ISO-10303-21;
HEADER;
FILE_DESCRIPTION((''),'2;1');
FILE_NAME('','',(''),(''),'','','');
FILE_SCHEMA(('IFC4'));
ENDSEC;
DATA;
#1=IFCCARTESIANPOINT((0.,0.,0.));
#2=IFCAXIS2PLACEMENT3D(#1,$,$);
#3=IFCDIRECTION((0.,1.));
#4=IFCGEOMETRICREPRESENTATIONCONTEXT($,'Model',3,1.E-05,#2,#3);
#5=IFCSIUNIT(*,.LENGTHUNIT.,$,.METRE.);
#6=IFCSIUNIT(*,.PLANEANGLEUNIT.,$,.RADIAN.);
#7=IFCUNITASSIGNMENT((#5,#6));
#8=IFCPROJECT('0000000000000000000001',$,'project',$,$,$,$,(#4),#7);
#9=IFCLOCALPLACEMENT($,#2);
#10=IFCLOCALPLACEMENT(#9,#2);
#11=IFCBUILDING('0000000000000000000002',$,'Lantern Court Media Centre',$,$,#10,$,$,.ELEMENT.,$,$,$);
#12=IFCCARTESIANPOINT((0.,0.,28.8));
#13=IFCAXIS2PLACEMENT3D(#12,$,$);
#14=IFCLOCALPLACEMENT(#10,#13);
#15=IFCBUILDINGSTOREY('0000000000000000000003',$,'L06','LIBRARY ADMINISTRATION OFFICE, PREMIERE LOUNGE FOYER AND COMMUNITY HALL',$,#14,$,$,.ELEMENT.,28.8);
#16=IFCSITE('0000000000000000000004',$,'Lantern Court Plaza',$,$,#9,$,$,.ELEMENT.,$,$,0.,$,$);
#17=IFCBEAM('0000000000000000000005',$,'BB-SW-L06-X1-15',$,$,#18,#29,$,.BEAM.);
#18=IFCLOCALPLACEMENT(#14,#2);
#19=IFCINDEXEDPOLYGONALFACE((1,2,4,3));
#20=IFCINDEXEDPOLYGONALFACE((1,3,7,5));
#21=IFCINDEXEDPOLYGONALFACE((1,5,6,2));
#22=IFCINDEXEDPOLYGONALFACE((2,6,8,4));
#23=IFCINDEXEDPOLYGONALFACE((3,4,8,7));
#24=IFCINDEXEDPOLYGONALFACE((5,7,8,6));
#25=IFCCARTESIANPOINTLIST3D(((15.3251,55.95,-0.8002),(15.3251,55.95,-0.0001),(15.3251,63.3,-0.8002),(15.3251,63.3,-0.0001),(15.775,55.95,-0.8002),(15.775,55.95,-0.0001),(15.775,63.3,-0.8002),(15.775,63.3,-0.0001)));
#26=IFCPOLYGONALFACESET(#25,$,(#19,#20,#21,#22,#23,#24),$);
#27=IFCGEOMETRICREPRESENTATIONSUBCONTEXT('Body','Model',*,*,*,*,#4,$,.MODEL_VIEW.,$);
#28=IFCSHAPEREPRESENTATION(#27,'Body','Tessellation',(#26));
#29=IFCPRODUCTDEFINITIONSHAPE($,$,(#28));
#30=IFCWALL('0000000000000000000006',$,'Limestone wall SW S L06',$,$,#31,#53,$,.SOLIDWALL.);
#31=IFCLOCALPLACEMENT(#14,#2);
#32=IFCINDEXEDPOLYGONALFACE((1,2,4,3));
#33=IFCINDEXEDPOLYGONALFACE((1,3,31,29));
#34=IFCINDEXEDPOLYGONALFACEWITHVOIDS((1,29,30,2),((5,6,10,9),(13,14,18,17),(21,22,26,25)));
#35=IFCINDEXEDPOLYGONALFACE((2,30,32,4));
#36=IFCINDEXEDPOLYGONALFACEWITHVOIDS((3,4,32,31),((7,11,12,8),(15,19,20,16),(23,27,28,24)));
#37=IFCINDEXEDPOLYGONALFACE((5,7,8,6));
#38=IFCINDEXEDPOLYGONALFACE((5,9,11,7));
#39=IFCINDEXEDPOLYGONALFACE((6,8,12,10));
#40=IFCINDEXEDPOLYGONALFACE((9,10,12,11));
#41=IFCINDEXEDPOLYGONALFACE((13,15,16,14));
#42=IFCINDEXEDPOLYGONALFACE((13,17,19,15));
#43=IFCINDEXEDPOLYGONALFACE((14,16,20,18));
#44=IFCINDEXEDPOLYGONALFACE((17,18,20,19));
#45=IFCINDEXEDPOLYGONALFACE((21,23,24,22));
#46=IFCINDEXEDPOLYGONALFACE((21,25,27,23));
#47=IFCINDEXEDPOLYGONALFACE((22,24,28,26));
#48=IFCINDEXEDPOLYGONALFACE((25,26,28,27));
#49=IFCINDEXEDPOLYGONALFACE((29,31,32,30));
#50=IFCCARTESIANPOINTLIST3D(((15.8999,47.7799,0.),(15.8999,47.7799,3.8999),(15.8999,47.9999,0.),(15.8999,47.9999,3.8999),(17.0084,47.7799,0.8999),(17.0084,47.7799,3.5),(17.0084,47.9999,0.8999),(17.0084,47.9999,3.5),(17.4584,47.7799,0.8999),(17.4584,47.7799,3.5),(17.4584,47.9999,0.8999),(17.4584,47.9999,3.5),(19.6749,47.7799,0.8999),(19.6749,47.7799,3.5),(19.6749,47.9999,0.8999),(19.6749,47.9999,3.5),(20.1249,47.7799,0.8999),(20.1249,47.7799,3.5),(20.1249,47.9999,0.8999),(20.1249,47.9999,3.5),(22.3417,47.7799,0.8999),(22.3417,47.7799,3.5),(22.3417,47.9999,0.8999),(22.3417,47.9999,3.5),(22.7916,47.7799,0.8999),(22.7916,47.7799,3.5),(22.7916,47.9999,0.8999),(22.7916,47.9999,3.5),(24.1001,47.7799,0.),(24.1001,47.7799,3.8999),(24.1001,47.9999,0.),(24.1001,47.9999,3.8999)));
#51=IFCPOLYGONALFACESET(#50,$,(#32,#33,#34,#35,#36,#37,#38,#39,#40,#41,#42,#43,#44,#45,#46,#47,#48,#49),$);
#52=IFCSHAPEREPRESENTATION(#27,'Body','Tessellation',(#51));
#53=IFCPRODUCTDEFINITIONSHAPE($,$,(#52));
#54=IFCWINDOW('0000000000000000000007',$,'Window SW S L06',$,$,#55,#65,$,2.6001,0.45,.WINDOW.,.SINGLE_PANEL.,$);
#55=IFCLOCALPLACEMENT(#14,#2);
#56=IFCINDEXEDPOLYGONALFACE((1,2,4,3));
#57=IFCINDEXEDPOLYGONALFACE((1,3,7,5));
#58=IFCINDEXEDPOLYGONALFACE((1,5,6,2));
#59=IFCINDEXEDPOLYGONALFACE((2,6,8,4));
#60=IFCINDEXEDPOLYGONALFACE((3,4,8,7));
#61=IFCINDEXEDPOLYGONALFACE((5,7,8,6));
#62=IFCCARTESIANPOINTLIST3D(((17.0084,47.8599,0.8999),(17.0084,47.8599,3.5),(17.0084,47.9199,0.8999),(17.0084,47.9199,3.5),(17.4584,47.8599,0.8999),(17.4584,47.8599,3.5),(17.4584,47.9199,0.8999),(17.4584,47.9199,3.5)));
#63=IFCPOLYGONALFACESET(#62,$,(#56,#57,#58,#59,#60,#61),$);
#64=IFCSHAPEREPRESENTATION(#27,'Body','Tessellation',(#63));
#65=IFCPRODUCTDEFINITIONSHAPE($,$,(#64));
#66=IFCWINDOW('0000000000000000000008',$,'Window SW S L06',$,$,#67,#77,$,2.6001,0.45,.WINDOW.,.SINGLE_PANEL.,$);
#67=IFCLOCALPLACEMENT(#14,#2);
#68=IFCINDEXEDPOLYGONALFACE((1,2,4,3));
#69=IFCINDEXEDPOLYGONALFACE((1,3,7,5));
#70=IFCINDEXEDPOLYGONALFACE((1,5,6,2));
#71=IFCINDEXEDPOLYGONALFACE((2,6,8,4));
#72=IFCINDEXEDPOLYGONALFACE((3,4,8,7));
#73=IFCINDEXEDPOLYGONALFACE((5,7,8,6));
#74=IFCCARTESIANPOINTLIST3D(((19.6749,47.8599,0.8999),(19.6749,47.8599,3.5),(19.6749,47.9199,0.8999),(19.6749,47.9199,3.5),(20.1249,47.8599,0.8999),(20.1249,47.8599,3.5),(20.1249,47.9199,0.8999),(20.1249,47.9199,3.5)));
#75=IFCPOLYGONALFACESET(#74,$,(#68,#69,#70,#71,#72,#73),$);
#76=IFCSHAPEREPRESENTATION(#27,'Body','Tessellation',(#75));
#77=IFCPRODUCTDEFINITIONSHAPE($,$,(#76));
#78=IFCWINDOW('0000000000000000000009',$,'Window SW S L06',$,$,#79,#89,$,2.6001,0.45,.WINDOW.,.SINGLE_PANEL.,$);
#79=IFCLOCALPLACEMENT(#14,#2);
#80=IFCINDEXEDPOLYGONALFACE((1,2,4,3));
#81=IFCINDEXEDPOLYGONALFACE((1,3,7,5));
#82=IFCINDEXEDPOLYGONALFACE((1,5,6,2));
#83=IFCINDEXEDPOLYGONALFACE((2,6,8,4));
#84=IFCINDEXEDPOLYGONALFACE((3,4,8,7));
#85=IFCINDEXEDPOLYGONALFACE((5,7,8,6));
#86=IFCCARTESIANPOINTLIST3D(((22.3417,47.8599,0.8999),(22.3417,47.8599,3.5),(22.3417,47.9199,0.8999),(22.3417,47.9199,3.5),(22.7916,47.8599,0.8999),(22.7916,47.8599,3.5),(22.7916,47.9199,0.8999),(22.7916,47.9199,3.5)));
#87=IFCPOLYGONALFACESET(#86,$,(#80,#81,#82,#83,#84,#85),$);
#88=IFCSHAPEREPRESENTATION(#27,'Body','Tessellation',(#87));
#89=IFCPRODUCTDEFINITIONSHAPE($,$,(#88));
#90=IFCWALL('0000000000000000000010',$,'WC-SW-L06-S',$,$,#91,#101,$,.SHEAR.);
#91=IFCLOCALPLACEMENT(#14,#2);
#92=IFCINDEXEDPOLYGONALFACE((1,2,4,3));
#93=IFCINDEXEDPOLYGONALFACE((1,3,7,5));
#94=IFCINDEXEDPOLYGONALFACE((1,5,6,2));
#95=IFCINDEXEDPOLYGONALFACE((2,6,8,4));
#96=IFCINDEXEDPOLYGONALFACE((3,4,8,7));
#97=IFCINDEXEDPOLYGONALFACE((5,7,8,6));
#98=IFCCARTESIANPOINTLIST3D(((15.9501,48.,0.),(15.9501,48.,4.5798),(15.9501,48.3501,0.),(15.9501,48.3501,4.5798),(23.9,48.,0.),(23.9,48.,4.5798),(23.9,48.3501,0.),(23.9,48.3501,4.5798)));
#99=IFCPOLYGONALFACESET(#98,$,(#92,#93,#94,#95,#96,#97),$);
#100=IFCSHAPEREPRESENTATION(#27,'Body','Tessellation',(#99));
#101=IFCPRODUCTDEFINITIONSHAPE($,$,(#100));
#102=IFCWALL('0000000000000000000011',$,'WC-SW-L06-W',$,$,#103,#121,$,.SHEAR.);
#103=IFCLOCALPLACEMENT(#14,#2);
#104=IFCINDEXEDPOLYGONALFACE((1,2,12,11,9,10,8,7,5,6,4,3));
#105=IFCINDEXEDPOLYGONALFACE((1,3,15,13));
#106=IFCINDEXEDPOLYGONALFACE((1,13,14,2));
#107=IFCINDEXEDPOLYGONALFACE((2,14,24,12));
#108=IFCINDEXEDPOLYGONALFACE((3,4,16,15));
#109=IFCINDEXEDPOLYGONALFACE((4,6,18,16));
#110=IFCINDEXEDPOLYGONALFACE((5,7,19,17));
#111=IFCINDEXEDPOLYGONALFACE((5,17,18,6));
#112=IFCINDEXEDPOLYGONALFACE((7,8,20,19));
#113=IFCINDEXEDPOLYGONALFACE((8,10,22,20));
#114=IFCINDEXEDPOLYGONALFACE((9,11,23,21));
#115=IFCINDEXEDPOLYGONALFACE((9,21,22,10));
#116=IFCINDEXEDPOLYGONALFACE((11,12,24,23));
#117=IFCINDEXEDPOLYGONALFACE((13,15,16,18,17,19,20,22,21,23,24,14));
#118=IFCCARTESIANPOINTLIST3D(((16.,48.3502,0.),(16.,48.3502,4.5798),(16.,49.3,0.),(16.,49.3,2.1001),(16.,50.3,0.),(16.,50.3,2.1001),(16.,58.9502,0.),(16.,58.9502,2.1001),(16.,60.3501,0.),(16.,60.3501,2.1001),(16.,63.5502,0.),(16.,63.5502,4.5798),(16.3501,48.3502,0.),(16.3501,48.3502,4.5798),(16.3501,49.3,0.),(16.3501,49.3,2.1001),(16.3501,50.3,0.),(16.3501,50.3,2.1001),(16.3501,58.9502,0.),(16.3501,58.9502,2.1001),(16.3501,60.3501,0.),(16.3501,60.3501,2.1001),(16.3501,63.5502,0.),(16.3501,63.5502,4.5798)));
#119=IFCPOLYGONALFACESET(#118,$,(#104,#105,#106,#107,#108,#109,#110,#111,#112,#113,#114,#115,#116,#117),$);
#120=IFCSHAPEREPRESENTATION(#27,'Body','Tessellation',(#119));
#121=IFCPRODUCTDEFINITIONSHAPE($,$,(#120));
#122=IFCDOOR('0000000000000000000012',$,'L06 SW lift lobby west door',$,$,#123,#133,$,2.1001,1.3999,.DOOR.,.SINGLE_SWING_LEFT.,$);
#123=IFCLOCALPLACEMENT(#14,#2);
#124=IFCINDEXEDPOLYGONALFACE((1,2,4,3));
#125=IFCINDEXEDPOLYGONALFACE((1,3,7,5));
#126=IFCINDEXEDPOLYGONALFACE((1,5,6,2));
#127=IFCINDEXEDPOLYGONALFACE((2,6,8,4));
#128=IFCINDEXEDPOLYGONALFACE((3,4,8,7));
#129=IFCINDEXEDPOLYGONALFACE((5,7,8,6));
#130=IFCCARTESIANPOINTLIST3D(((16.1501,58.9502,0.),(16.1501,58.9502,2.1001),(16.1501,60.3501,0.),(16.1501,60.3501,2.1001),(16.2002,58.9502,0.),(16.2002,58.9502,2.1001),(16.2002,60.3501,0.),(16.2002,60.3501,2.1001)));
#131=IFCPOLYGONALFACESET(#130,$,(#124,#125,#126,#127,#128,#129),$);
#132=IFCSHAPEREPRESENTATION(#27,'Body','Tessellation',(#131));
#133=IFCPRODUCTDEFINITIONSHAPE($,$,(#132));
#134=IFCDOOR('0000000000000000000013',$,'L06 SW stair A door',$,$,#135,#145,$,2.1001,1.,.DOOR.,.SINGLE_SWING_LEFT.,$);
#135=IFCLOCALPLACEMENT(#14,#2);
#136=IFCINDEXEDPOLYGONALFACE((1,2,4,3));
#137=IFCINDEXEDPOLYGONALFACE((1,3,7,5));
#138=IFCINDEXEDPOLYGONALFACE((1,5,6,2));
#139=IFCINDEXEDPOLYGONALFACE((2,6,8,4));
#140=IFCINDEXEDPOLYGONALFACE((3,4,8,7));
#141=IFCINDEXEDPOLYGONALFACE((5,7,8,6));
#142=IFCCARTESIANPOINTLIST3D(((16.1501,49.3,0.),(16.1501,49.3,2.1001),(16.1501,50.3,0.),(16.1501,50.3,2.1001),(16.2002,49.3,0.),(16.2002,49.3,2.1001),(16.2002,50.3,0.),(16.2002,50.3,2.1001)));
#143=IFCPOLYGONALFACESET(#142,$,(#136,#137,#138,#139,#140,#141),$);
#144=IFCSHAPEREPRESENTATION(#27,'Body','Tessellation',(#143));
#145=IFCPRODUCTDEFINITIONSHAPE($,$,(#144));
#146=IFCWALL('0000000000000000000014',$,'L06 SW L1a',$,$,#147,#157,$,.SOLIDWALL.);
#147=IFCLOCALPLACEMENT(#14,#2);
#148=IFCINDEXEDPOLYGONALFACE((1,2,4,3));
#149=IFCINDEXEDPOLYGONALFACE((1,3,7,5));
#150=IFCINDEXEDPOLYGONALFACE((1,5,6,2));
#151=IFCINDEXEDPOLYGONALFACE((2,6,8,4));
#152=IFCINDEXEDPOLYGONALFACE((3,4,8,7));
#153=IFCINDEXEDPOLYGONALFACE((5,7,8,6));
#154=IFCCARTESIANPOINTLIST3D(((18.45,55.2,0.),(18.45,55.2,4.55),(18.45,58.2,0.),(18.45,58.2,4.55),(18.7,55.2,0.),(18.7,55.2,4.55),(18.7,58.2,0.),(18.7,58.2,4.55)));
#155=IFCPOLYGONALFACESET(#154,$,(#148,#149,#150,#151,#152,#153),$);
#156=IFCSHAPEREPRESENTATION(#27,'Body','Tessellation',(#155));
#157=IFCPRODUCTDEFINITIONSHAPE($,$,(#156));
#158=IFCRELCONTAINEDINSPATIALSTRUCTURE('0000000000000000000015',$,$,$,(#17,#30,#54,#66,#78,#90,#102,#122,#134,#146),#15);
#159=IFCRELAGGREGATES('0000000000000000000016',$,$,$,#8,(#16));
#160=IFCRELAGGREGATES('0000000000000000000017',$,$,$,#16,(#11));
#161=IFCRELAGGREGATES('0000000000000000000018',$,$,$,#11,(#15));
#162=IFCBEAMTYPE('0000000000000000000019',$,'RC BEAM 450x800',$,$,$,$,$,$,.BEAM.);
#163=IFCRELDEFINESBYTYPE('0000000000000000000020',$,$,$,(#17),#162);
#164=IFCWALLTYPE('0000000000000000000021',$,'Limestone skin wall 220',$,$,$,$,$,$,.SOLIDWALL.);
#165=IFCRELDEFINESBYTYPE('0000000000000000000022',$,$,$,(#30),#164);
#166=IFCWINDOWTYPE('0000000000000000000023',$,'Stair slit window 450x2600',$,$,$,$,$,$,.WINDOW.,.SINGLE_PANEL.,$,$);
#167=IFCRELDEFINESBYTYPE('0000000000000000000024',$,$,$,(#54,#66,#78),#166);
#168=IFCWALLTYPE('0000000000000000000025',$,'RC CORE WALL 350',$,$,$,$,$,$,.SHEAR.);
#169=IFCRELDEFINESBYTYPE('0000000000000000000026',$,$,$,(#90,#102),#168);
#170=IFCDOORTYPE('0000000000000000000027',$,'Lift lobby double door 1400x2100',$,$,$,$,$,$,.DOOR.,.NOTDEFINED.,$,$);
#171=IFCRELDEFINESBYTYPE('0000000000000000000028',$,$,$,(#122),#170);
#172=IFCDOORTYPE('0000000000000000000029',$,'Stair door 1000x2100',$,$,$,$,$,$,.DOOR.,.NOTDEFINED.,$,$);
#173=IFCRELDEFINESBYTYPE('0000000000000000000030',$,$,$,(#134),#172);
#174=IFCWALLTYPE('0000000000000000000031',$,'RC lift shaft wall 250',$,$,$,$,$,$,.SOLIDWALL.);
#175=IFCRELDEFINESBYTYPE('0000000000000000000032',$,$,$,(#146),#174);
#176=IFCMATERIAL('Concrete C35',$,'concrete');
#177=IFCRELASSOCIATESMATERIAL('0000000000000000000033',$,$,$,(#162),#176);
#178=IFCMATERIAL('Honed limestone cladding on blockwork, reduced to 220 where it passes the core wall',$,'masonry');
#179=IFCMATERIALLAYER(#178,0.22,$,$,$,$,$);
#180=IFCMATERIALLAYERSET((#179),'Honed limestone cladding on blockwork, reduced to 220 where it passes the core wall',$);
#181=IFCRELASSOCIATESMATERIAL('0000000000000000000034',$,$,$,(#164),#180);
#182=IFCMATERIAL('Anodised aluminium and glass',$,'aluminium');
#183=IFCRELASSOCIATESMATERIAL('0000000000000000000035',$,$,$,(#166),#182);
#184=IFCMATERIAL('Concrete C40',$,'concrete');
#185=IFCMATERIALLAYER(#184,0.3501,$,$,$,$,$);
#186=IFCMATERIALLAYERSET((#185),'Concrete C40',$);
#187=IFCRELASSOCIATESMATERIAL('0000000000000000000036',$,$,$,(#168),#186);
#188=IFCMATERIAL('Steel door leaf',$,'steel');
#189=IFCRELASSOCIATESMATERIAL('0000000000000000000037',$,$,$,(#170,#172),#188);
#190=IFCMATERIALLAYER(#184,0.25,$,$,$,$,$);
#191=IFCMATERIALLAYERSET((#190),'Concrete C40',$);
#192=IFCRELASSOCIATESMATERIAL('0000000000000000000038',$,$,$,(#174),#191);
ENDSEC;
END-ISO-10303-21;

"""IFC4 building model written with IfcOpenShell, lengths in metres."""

from ifc_helpers import new_model, si_unit, direction, frame, frame_2d, origin, origin_2d, place, context, subcontext, project, spatial, rectangle, extrude, material, layer, layer_set, material_profile, profile_set, type_object, element, fill, save


model = new_model("IFC4")

# Units and contexts
model_context = context("Model", 3, precision=1e-05, world=origin(), true_north=direction((0.0, 1.0)))
body_context = subcontext(model_context, "Body", "Model", "MODEL_VIEW")
ifc_project = project(units=[si_unit("LENGTHUNIT", "METRE"), si_unit("PLANEANGLEUNIT", "RADIAN")], contexts=[model_context])

# Site, building, storey
site_placement = place(None, origin())
site = spatial("IfcSite", under=ifc_project, at=site_placement, Name="Lantern Court Plaza", CompositionType="ELEMENT", RefElevation=0.0)
building_placement = place(site_placement, origin())
building = spatial("IfcBuilding", under=site, at=building_placement, Name="Lantern Court Media Centre", CompositionType="ELEMENT")
storey_placement = place(building_placement, frame((0.0, 0.0, 28.8)))
storey = spatial("IfcBuildingStorey", under=building, at=storey_placement, Name="L06", Description="LIBRARY ADMINISTRATION OFFICE, PREMIERE LOUNGE FOYER AND COMMUNITY HALL", CompositionType="ELEMENT", Elevation=28.8)

# Beam
ifc_material_1 = material(Name="Concrete C35", Category="concrete")
ifc_material_profile = material_profile(ifc_material_1, rectangle(XDim=0.45, YDim=0.8, at=origin_2d()), Name="RC 450x800")
ifc_profile_set = profile_set([ifc_material_profile], Name="Concrete C35")
beam_type = type_object("IfcBeamType", Name="RC BEAM 450x800", PredefinedType="BEAM", material=ifc_profile_set)
beam_placement = place(storey_placement, frame((15.55, 55.95, -0.4001), z_axis=(0.0, 1.0, 0.0), x_axis=(-1.0, 0.0, 0.0)))
element("IfcBeam", 1, at=beam_placement, inside=storey, type_object=beam_type, Name="BB-SW-L06-X1-15", PredefinedType="BEAM", context=body_context, shape_type="SweptSolid", body=[
    extrude(rectangle(XDim=0.45, YDim=0.8, at=origin_2d()), origin(), (0.0, 0.0, 1.0), 7.3501),
])

# Wall, openings, windows
ifc_material_2 = material(Name="Honed limestone cladding on blockwork, reduced to 220 where it passes the core wall", Category="masonry")
ifc_layer_1 = layer(ifc_material_2, 0.22)
ifc_layer_set_1 = layer_set([ifc_layer_1], Name="Honed limestone cladding on blockwork, reduced to 220 where it passes the core wall")
wall_type_1 = type_object("IfcWallType", Name="Limestone skin wall 220", PredefinedType="SOLIDWALL", material=ifc_layer_set_1)
wall_1_placement = place(storey_placement, frame((15.8999, 47.8899, 0.0), z_axis=(0.0, 0.0, 1.0), x_axis=(1.0, 0.0, 0.0)))
wall_1 = element("IfcWall", 2, at=wall_1_placement, inside=storey, type_object=wall_type_1, Name="Limestone wall SW S L06", PredefinedType="SOLIDWALL", context=body_context, shape_type="SweptSolid", body=[
    extrude(rectangle(XDim=8.2002, YDim=0.22, at=frame_2d((4.1001, 0.0))), origin(), (0.0, 0.0, 1.0), 3.8999),
])
opening_1_placement = place(wall_1_placement, frame((1.1084, 0.0, 0.8999)))
opening_1 = element("IfcOpeningElement", 3, at=opening_1_placement, cuts=wall_1, PredefinedType="OPENING", context=body_context, shape_type="SweptSolid", body=[
    extrude(rectangle(XDim=0.45, YDim=2.6001, at=frame_2d((0.2251, 1.3))), frame((0.0, 0.1199, 0.0), z_axis=(0.0, -1.0, 0.0), x_axis=(1.0, 0.0, 0.0)), (0.0, 0.0, 1.0), 0.24),
])
opening_2_placement = place(wall_1_placement, frame((3.7749, 0.0, 0.8999)))
opening_2 = element("IfcOpeningElement", 4, at=opening_2_placement, cuts=wall_1, PredefinedType="OPENING", context=body_context, shape_type="SweptSolid", body=[
    extrude(rectangle(XDim=0.45, YDim=2.6001, at=frame_2d((0.2251, 1.3))), frame((0.0, 0.1199, 0.0), z_axis=(0.0, -1.0, 0.0), x_axis=(1.0, 0.0, 0.0)), (0.0, 0.0, 1.0), 0.24),
])
opening_3_placement = place(wall_1_placement, frame((6.4417, 0.0, 0.8999)))
opening_3 = element("IfcOpeningElement", 5, at=opening_3_placement, cuts=wall_1, PredefinedType="OPENING", context=body_context, shape_type="SweptSolid", body=[
    extrude(rectangle(XDim=0.45, YDim=2.6001, at=frame_2d((0.2251, 1.3))), frame((0.0, 0.1199, 0.0), z_axis=(0.0, -1.0, 0.0), x_axis=(1.0, 0.0, 0.0)), (0.0, 0.0, 1.0), 0.24),
])
ifc_material_3 = material(Name="Anodised aluminium and glass", Category="aluminium")
window_type = type_object("IfcWindowType", Name="Stair slit window 450x2600", PartitioningType="SINGLE_PANEL", PredefinedType="WINDOW", material=ifc_material_3)
window_1_placement = place(opening_1_placement, origin())
window_1 = element("IfcWindow", 6, at=window_1_placement, inside=storey, type_object=window_type, Name="Window SW S L06", OverallHeight=2.6001, OverallWidth=0.45, PartitioningType="SINGLE_PANEL", PredefinedType="WINDOW", context=body_context, shape_type="SweptSolid", body=[
    extrude(rectangle(XDim=0.45, YDim=2.6001, at=frame_2d((0.2251, 1.3))), frame((0.0, 0.03, 0.0), z_axis=(0.0, -1.0, 0.0), x_axis=(1.0, 0.0, 0.0)), (0.0, 0.0, 1.0), 0.0601),
])
fill(opening_1, window_1)
window_2_placement = place(opening_2_placement, origin())
window_2 = element("IfcWindow", 7, at=window_2_placement, inside=storey, type_object=window_type, Name="Window SW S L06", OverallHeight=2.6001, OverallWidth=0.45, PartitioningType="SINGLE_PANEL", PredefinedType="WINDOW", context=body_context, shape_type="SweptSolid", body=[
    extrude(rectangle(XDim=0.45, YDim=2.6001, at=frame_2d((0.2251, 1.3))), frame((0.0, 0.03, 0.0), z_axis=(0.0, -1.0, 0.0), x_axis=(1.0, 0.0, 0.0)), (0.0, 0.0, 1.0), 0.0601),
])
fill(opening_2, window_2)
window_3_placement = place(opening_3_placement, origin())
window_3 = element("IfcWindow", 8, at=window_3_placement, inside=storey, type_object=window_type, Name="Window SW S L06", OverallHeight=2.6001, OverallWidth=0.45, PartitioningType="SINGLE_PANEL", PredefinedType="WINDOW", context=body_context, shape_type="SweptSolid", body=[
    extrude(rectangle(XDim=0.45, YDim=2.6001, at=frame_2d((0.2251, 1.3))), frame((0.0, 0.03, 0.0), z_axis=(0.0, -1.0, 0.0), x_axis=(1.0, 0.0, 0.0)), (0.0, 0.0, 1.0), 0.0601),
])
fill(opening_3, window_3)

# Wall
ifc_material_4 = material(Name="Concrete C40", Category="concrete")
ifc_layer_2 = layer(ifc_material_4, 0.3501)
ifc_layer_set_2 = layer_set([ifc_layer_2], Name="Concrete C40")
wall_type_2 = type_object("IfcWallType", Name="RC CORE WALL 350", PredefinedType="SHEAR", material=ifc_layer_set_2)
wall_2_placement = place(storey_placement, frame((15.95, 48.175, 0.0), z_axis=(0.0, 0.0, 1.0), x_axis=(1.0, 0.0, 0.0)))
element("IfcWall", 9, at=wall_2_placement, inside=storey, type_object=wall_type_2, Name="WC-SW-L06-S", PredefinedType="SHEAR", context=body_context, shape_type="SweptSolid", body=[
    extrude(rectangle(XDim=7.95, YDim=0.3501, at=frame_2d((3.9751, 0.0))), origin(), (0.0, 0.0, 1.0), 4.5798),
])

# Wall, openings, doors
wall_3_placement = place(storey_placement, frame((16.175, 48.3501, 0.0), z_axis=(0.0, 0.0, 1.0), x_axis=(0.0, 1.0, 0.0)))
wall_3 = element("IfcWall", 10, at=wall_3_placement, inside=storey, type_object=wall_type_2, Name="WC-SW-L06-W", PredefinedType="SHEAR", context=body_context, shape_type="SweptSolid", body=[
    extrude(rectangle(XDim=15.2, YDim=0.3501, at=frame_2d((7.6001, 0.0))), origin(), (0.0, 0.0, 1.0), 4.5798),
])
opening_4_placement = place(wall_3_placement, frame((0.95, 0.0, 0.0)))
opening_4 = element("IfcOpeningElement", 11, at=opening_4_placement, cuts=wall_3, PredefinedType="OPENING", context=body_context, shape_type="SweptSolid", body=[
    extrude(rectangle(XDim=1.0, YDim=2.1001, at=frame_2d((0.5, 1.05))), frame((0.0, 0.1851, 0.0), z_axis=(0.0, -1.0, 0.0), x_axis=(1.0, 0.0, 0.0)), (0.0, 0.0, 1.0), 0.3701),
])
opening_5_placement = place(wall_3_placement, frame((10.6001, 0.0, 0.0)))
opening_5 = element("IfcOpeningElement", 12, at=opening_5_placement, cuts=wall_3, PredefinedType="OPENING", context=body_context, shape_type="SweptSolid", body=[
    extrude(rectangle(XDim=1.3999, YDim=2.1001, at=frame_2d((0.7, 1.05))), frame((0.0, 0.1851, 0.0), z_axis=(0.0, -1.0, 0.0), x_axis=(1.0, 0.0, 0.0)), (0.0, 0.0, 1.0), 0.3701),
])
ifc_material_5 = material(Name="Steel door leaf", Category="steel")
door_type_1 = type_object("IfcDoorType", Name="Lift lobby double door 1400x2100", OperationType="NOTDEFINED", PredefinedType="DOOR", material=ifc_material_5)
door_1_placement = place(opening_5_placement, origin())
door_1 = element("IfcDoor", 13, at=door_1_placement, inside=storey, type_object=door_type_1, Name="L06 SW lift lobby west door", OperationType="SINGLE_SWING_LEFT", OverallHeight=2.1001, OverallWidth=1.3999, PredefinedType="DOOR", context=body_context, shape_type="SweptSolid", body=[
    extrude(rectangle(XDim=1.3999, YDim=2.1001, at=frame_2d((0.7, 1.05))), frame((0.0, 0.0249, 0.0), z_axis=(0.0, -1.0, 0.0), x_axis=(1.0, 0.0, 0.0)), (0.0, 0.0, 1.0), 0.05),
])
fill(opening_5, door_1)
door_type_2 = type_object("IfcDoorType", Name="Stair door 1000x2100", OperationType="NOTDEFINED", PredefinedType="DOOR", material=ifc_material_5)
door_2_placement = place(opening_4_placement, origin())
door_2 = element("IfcDoor", 14, at=door_2_placement, inside=storey, type_object=door_type_2, Name="L06 SW stair A door", OperationType="SINGLE_SWING_LEFT", OverallHeight=2.1001, OverallWidth=1.0, PredefinedType="DOOR", context=body_context, shape_type="SweptSolid", body=[
    extrude(rectangle(XDim=1.0, YDim=2.1001, at=frame_2d((0.5, 1.05))), frame((0.0, 0.0249, 0.0), z_axis=(0.0, -1.0, 0.0), x_axis=(1.0, 0.0, 0.0)), (0.0, 0.0, 1.0), 0.05),
])
fill(opening_4, door_2)

# Wall
ifc_layer_3 = layer(ifc_material_4, 0.25)
ifc_layer_set_3 = layer_set([ifc_layer_3], Name="Concrete C40")
wall_type_3 = type_object("IfcWallType", Name="RC lift shaft wall 250", PredefinedType="SOLIDWALL", material=ifc_layer_set_3)
wall_4_placement = place(storey_placement, frame((18.575, 55.2, 0.0), z_axis=(0.0, 0.0, 1.0), x_axis=(0.0, 1.0, 0.0)))
element("IfcWall", 15, at=wall_4_placement, inside=storey, type_object=wall_type_3, Name="L06 SW L1a", PredefinedType="SOLIDWALL", context=body_context, shape_type="SweptSolid", body=[
    extrude(rectangle(XDim=3.0, YDim=0.25, at=frame_2d((1.5, 0.0))), origin(), (0.0, 0.0, 1.0), 4.55),
])

save(model, "model.ifc")
